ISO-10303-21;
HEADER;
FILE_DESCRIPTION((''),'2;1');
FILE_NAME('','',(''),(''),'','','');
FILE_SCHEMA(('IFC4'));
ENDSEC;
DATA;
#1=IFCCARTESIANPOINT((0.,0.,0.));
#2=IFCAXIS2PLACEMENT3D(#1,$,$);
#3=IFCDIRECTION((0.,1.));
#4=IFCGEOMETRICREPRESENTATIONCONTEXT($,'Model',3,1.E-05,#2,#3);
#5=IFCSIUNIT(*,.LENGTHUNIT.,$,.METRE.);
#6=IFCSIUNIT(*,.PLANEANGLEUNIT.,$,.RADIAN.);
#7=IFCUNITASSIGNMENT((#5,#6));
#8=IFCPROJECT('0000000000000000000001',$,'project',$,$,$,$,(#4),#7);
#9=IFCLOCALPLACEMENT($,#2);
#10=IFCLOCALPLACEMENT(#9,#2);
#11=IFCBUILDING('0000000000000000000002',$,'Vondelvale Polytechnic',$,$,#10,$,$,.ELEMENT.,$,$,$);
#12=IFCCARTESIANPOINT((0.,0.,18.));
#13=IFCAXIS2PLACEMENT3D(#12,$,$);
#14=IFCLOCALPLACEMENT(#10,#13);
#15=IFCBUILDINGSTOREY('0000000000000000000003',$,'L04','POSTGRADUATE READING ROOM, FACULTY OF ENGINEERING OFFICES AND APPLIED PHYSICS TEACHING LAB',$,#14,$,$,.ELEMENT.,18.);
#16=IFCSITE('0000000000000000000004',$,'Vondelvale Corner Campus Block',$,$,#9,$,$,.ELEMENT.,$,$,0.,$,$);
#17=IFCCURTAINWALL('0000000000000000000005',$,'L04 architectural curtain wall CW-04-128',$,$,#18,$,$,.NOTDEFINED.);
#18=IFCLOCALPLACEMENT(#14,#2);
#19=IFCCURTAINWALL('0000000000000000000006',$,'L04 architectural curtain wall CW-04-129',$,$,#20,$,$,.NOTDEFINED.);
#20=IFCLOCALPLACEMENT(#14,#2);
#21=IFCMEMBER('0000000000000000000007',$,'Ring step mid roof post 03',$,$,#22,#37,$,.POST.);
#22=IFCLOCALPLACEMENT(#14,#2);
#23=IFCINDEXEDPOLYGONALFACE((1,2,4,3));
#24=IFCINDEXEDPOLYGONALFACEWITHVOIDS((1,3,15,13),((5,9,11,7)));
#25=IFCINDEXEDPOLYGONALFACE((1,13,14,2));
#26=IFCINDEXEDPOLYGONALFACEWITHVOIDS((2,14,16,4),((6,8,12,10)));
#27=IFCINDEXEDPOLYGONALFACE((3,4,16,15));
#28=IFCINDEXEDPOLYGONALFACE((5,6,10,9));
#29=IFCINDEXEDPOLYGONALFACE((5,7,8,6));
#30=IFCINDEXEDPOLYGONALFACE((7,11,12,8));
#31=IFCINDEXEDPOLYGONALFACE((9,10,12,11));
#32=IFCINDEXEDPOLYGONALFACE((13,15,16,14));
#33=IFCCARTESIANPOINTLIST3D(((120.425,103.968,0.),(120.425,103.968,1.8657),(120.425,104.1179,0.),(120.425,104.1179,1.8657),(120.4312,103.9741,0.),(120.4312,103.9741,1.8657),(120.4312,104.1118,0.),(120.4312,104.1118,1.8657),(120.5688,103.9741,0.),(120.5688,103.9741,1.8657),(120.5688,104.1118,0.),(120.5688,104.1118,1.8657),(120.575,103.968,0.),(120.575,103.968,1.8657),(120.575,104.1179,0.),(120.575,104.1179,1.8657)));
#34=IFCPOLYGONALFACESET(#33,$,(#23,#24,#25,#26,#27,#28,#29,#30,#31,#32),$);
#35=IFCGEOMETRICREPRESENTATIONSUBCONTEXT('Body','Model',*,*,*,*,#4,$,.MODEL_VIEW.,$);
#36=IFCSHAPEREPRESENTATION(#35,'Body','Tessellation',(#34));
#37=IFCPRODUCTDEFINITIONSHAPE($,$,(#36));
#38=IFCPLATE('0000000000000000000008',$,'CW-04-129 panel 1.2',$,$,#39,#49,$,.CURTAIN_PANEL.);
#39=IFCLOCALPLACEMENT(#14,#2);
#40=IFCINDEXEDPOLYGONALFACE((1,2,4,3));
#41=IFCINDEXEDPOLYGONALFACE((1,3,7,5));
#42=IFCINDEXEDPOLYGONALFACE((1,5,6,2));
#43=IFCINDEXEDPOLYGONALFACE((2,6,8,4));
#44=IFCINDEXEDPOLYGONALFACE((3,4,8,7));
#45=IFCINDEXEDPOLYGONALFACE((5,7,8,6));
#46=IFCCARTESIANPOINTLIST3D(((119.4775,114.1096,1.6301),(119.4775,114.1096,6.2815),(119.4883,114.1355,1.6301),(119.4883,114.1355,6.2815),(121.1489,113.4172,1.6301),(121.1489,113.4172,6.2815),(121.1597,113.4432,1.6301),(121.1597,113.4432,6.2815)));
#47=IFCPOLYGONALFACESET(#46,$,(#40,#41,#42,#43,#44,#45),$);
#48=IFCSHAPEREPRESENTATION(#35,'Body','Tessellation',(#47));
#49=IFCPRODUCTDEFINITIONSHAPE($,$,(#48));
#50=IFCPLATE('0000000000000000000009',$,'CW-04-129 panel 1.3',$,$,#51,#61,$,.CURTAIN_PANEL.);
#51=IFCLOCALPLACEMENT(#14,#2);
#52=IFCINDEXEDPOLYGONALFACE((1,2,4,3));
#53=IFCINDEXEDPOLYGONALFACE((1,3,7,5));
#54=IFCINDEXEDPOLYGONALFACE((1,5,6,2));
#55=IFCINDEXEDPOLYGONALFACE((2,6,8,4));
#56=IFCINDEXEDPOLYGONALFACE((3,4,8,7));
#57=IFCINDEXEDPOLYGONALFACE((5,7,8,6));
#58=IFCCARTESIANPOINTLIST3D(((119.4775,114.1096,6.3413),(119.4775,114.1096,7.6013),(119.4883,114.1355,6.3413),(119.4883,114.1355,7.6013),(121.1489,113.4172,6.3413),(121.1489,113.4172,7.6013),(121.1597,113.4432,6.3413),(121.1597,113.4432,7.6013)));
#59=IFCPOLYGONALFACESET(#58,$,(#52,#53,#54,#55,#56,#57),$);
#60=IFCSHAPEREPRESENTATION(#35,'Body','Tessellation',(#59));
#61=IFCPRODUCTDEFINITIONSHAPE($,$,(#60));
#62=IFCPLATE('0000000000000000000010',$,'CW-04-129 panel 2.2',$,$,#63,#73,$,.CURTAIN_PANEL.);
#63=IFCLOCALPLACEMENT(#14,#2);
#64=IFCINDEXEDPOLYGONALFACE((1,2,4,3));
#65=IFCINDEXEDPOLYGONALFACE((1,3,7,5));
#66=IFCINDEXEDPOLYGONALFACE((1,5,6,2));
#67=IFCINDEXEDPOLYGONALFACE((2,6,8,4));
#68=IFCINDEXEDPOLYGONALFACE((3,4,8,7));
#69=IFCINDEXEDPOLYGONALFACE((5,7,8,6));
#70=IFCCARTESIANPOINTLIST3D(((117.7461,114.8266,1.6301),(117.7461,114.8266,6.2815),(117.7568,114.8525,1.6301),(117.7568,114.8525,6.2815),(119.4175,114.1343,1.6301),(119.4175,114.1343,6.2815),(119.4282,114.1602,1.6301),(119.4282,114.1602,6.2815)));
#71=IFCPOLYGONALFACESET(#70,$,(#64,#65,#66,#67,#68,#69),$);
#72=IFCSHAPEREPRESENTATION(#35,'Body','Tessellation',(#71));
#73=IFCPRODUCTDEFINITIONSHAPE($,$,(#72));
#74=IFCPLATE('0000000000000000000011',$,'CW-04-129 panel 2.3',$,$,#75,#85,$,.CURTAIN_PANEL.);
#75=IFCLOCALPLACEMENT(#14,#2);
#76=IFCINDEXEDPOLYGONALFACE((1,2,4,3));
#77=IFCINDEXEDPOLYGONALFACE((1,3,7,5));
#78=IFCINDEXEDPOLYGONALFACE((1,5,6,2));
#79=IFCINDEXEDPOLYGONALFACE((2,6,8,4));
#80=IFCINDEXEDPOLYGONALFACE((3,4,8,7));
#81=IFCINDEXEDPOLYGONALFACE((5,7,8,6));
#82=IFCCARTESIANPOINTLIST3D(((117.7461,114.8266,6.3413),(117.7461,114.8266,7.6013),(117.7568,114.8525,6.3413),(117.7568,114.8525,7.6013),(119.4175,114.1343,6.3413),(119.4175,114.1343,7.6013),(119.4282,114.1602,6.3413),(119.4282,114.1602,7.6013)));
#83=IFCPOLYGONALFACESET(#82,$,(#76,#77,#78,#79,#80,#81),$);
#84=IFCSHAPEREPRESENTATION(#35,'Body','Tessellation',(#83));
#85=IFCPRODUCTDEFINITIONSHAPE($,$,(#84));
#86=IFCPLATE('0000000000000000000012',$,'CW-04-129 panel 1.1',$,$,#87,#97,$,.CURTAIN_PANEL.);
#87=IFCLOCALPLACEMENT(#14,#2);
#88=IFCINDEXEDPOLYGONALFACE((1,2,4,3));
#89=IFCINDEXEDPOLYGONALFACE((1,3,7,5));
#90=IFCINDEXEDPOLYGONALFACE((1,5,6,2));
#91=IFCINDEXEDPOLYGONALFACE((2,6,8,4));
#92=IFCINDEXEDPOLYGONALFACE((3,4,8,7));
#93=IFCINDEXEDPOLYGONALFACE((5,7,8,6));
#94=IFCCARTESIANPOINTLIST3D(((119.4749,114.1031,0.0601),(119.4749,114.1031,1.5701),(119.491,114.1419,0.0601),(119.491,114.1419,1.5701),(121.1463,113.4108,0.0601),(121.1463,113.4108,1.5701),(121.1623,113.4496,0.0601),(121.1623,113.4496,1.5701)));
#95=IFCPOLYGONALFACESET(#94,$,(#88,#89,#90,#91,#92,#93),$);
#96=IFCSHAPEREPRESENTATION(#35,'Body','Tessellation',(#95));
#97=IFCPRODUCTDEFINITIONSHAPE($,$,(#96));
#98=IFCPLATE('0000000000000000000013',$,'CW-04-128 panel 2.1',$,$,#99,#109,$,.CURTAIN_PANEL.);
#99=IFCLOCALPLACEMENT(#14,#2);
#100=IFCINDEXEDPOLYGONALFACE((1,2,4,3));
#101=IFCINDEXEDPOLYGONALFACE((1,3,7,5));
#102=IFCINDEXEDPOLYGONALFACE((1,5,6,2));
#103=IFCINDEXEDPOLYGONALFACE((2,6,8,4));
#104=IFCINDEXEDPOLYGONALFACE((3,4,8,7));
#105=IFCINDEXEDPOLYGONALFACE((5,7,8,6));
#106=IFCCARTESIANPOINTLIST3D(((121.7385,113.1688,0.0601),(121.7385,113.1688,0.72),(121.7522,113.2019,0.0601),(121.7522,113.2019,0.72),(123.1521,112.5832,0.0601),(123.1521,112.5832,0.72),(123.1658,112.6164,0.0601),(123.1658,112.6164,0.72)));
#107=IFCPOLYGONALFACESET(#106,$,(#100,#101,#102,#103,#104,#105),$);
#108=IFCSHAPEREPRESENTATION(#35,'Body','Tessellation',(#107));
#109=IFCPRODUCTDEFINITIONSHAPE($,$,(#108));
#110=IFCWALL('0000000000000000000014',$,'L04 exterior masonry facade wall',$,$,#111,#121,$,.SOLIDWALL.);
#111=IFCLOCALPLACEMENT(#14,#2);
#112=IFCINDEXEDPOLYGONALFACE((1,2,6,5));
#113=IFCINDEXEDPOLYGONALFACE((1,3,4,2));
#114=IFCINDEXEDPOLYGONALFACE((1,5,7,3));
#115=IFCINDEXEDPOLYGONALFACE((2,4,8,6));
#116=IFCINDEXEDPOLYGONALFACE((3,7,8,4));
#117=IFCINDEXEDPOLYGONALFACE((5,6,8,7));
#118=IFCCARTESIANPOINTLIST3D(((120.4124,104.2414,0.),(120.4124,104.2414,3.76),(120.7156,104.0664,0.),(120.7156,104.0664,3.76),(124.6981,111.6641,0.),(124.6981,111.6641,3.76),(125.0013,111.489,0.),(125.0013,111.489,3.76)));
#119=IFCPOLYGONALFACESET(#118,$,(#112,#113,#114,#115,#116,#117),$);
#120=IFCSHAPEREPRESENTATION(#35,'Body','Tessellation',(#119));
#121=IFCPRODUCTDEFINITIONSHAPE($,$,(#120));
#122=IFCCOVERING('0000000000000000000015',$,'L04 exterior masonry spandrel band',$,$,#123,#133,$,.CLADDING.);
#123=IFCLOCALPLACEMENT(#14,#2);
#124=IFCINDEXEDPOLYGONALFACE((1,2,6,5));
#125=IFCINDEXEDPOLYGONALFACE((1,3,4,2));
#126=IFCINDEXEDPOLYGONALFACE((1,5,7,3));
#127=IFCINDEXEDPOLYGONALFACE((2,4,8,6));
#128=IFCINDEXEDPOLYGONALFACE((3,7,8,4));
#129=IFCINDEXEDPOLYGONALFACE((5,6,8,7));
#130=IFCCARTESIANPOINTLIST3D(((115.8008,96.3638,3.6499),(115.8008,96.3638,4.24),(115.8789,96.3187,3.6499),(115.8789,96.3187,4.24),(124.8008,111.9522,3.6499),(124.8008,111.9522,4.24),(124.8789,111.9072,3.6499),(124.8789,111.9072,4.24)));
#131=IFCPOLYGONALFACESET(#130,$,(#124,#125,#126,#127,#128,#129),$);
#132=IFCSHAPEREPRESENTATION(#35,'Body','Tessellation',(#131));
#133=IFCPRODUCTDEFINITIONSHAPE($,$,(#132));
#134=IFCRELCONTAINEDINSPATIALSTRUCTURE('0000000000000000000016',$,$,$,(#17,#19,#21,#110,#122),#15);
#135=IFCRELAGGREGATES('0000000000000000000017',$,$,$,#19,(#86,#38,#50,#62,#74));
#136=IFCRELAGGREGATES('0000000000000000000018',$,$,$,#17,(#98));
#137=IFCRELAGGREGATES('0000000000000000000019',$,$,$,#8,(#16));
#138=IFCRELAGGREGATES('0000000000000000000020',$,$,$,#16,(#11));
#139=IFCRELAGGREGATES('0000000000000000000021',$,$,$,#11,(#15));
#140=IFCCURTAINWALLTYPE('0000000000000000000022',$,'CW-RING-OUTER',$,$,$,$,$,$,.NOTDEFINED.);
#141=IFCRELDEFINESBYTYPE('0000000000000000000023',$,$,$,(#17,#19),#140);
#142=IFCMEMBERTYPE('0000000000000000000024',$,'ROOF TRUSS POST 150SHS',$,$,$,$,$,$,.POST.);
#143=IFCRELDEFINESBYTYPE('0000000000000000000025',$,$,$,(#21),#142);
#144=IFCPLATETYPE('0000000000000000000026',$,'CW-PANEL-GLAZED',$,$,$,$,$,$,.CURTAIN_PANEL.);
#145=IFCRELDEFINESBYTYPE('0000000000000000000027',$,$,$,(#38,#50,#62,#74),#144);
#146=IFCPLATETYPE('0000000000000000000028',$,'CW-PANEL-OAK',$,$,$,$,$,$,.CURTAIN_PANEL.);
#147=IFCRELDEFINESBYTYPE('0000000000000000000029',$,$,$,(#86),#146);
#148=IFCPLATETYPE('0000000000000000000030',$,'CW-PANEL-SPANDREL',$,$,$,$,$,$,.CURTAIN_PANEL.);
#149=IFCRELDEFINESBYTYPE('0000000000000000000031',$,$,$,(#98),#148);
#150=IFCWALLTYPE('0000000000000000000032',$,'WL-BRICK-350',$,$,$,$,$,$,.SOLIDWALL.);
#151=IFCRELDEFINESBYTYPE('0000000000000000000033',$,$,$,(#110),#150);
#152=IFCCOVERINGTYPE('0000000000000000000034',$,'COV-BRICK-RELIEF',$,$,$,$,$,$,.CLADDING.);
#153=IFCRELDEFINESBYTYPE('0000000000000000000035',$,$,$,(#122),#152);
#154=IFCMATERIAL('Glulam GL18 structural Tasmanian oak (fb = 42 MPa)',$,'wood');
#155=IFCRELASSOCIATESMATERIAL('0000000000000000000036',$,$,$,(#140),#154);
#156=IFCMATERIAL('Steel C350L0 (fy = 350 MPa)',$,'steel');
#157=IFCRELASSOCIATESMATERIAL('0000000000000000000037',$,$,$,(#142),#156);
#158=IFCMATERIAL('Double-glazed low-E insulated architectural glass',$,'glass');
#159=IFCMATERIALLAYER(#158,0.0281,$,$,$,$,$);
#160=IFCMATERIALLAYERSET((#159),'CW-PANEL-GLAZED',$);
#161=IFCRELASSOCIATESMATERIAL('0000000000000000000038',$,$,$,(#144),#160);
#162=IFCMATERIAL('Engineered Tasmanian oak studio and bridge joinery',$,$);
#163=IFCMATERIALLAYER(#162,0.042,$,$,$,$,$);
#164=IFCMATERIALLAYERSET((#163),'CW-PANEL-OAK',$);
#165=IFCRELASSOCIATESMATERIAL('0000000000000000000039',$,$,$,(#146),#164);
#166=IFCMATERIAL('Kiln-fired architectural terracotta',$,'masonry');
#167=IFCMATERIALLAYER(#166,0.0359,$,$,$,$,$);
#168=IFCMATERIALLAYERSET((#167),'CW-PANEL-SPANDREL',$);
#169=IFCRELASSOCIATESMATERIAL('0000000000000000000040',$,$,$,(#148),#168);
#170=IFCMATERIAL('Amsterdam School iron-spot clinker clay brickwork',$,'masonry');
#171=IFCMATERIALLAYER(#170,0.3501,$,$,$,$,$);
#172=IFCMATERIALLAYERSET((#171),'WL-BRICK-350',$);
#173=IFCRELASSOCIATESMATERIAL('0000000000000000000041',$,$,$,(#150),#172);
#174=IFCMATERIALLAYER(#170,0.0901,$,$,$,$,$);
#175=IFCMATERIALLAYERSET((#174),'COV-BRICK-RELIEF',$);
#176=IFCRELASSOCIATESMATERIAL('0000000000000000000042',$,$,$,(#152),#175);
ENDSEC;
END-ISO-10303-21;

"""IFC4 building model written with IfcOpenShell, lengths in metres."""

from ifc_helpers import new_model, si_unit, direction, frame, frame_2d, origin, origin_2d, place, context, subcontext, project, spatial, rectangle, hollow_rectangle, extrude, material, layer, layer_set, material_profile, profile_set, type_object, element, aggregate, save


model = new_model("IFC4")

# Units and contexts
model_context = context("Model", 3, precision=1e-05, world=origin(), true_north=direction((0.0, 1.0)))
body_context = subcontext(model_context, "Body", "Model", "MODEL_VIEW")
ifc_project = project(units=[si_unit("LENGTHUNIT", "METRE"), si_unit("PLANEANGLEUNIT", "RADIAN")], contexts=[model_context])

# Site, building, storey
site_placement = place(None, origin())
site = spatial("IfcSite", under=ifc_project, at=site_placement, Name="Vondelvale Corner Campus Block", CompositionType="ELEMENT", RefElevation=0.0)
building_placement = place(site_placement, origin())
building = spatial("IfcBuilding", under=site, at=building_placement, Name="Vondelvale Polytechnic", CompositionType="ELEMENT")
storey_placement = place(building_placement, frame((0.0, 0.0, 18.0)))
storey = spatial("IfcBuildingStorey", under=building, at=storey_placement, Name="L04", Description="POSTGRADUATE READING ROOM, FACULTY OF ENGINEERING OFFICES AND APPLIED PHYSICS TEACHING LAB", CompositionType="ELEMENT", Elevation=18.0)

# Shared definitions
ifc_material_1 = material(Name="Glulam GL18 structural Tasmanian oak (fb = 42 MPa)", Category="wood")

# Curtain wall
curtain_wall_type = type_object("IfcCurtainWallType", Name="CW-RING-OUTER", PredefinedType="NOTDEFINED", material=ifc_material_1)
curtain_wall_1_placement = place(storey_placement, origin())
curtain_wall_1 = element("IfcCurtainWall", 1, at=curtain_wall_1_placement, inside=storey, type_object=curtain_wall_type, Name="L04 architectural curtain wall CW-04-128", PredefinedType="NOTDEFINED")

# Curtain wall
curtain_wall_2_placement = place(storey_placement, origin())
curtain_wall_2 = element("IfcCurtainWall", 2, at=curtain_wall_2_placement, inside=storey, type_object=curtain_wall_type, Name="L04 architectural curtain wall CW-04-129", PredefinedType="NOTDEFINED")

# Member
ifc_material_2 = material(Name="Steel C350L0 (fy = 350 MPa)", Category="steel")
ifc_material_profile_1 = material_profile(ifc_material_2, hollow_rectangle(XDim=0.1499, YDim=0.1499, WallThickness=0.0061, at=origin_2d()), Name="150x150x6.0SHS")
ifc_profile_set_1 = profile_set([ifc_material_profile_1], Name="Steel C350L0 (fy = 350 MPa)")
member_type_1 = type_object("IfcMemberType", Name="ROOF TRUSS POST 150SHS", PredefinedType="POST", material=ifc_profile_set_1)
member_1_placement = place(storey_placement, frame((120.5, 104.043, 0.0), z_axis=(0.0, 0.0, 1.0), x_axis=(1.0, 0.0, 0.0)))
element("IfcMember", 3, at=member_1_placement, inside=storey, type_object=member_type_1, Name="Ring step mid roof post 03", PredefinedType="POST", context=body_context, shape_type="SweptSolid", body=[
    extrude(hollow_rectangle(XDim=0.1499, YDim=0.1499, WallThickness=0.0061, at=origin_2d()), origin(), (0.0, 0.0, 1.0), 1.8657),
])

# Plates
ifc_material_3 = material(Name="Double-glazed low-E insulated architectural glass", Category="glass")
ifc_layer_1 = layer(ifc_material_3, 0.0281)
ifc_layer_set_1 = layer_set([ifc_layer_1], Name="CW-PANEL-GLAZED")
plate_type_1 = type_object("IfcPlateType", Name="CW-PANEL-GLAZED", PredefinedType="CURTAIN_PANEL", material=ifc_layer_set_1)
plate_1_placement = place(storey_placement, frame((120.3186, 113.7764, 1.6301), z_axis=(0.0, 0.0, 1.0), x_axis=(-0.923875, 0.382695, 0.0)))
plate_1 = element("IfcPlate", 4, at=plate_1_placement, type_object=plate_type_1, Name="CW-04-129 panel 1.2", PredefinedType="CURTAIN_PANEL", context=body_context, shape_type="SweptSolid", body=[
    extrude(rectangle(XDim=1.8091, YDim=0.0281, at=origin_2d()), origin(), (0.0, 0.0, 1.0), 4.6514),
])
plate_2_placement = place(storey_placement, frame((120.3186, 113.7764, 6.3413), z_axis=(0.0, 0.0, 1.0), x_axis=(-0.923875, 0.382695, 0.0)))
plate_2 = element("IfcPlate", 5, at=plate_2_placement, type_object=plate_type_1, Name="CW-04-129 panel 1.3", PredefinedType="CURTAIN_PANEL", context=body_context, shape_type="SweptSolid", body=[
    extrude(rectangle(XDim=1.8091, YDim=0.0281, at=origin_2d()), origin(), (0.0, 0.0, 1.0), 1.26),
])
plate_3_placement = place(storey_placement, frame((118.5872, 114.4934, 1.6301), z_axis=(0.0, 0.0, 1.0), x_axis=(-0.923875, 0.382695, 0.0)))
plate_3 = element("IfcPlate", 6, at=plate_3_placement, type_object=plate_type_1, Name="CW-04-129 panel 2.2", PredefinedType="CURTAIN_PANEL", context=body_context, shape_type="SweptSolid", body=[
    extrude(rectangle(XDim=1.8091, YDim=0.0281, at=origin_2d()), origin(), (0.0, 0.0, 1.0), 4.6514),
])
plate_4_placement = place(storey_placement, frame((118.5872, 114.4934, 6.3413), z_axis=(0.0, 0.0, 1.0), x_axis=(-0.923875, 0.382695, 0.0)))
plate_4 = element("IfcPlate", 7, at=plate_4_placement, type_object=plate_type_1, Name="CW-04-129 panel 2.3", PredefinedType="CURTAIN_PANEL", context=body_context, shape_type="SweptSolid", body=[
    extrude(rectangle(XDim=1.8091, YDim=0.0281, at=origin_2d()), origin(), (0.0, 0.0, 1.0), 1.26),
])
ifc_material_4 = material(Name="Engineered Tasmanian oak studio and bridge joinery")
ifc_layer_2 = layer(ifc_material_4, 0.042)
ifc_layer_set_2 = layer_set([ifc_layer_2], Name="CW-PANEL-OAK")
plate_type_2 = type_object("IfcPlateType", Name="CW-PANEL-OAK", PredefinedType="CURTAIN_PANEL", material=ifc_layer_set_2)
plate_5_placement = place(storey_placement, frame((120.3186, 113.7764, 0.0601), z_axis=(0.0, 0.0, 1.0), x_axis=(-0.923875, 0.382695, 0.0)))
plate_5 = element("IfcPlate", 8, at=plate_5_placement, type_object=plate_type_2, Name="CW-04-129 panel 1.1", PredefinedType="CURTAIN_PANEL", context=body_context, shape_type="SweptSolid", body=[
    extrude(rectangle(XDim=1.8091, YDim=0.042, at=origin_2d()), origin(), (0.0, 0.0, 1.0), 1.51),
])
aggregate(curtain_wall_2, [plate_5, plate_1, plate_2, plate_3, plate_4])
ifc_material_5 = material(Name="Kiln-fired architectural terracotta", Category="masonry")
ifc_layer_3 = layer(ifc_material_5, 0.0359)
ifc_layer_set_3 = layer_set([ifc_layer_3], Name="CW-PANEL-SPANDREL")
plate_type_3 = type_object("IfcPlateType", Name="CW-PANEL-SPANDREL", PredefinedType="CURTAIN_PANEL", material=ifc_layer_set_3)
plate_6_placement = place(storey_placement, frame((122.4521, 112.8926, 0.0601), z_axis=(0.0, 0.0, 1.0), x_axis=(-0.923882, 0.382677, 0.0)))
plate_6 = element("IfcPlate", 9, at=plate_6_placement, type_object=plate_type_3, Name="CW-04-128 panel 2.1", PredefinedType="CURTAIN_PANEL", context=body_context, shape_type="SweptSolid", body=[
    extrude(rectangle(XDim=1.53, YDim=0.0359, at=origin_2d()), origin(), (0.0, 0.0, 1.0), 0.6599),
])
aggregate(curtain_wall_1, [plate_6])

# Wall
ifc_material_6 = material(Name="Amsterdam School iron-spot clinker clay brickwork", Category="masonry")
ifc_layer_4 = layer(ifc_material_6, 0.3501)
ifc_layer_set_4 = layer_set([ifc_layer_4], Name="WL-BRICK-350")
wall_type = type_object("IfcWallType", Name="WL-BRICK-350", PredefinedType="SOLIDWALL", material=ifc_layer_set_4)
wall_placement = place(storey_placement, frame((120.564, 104.1538, 0.0), z_axis=(0.0, 0.0, 1.0), x_axis=(0.500018, 0.866015, 0.0)))
element("IfcWall", 10, at=wall_placement, inside=storey, type_object=wall_type, Name="L04 exterior masonry facade wall", PredefinedType="SOLIDWALL", context=body_context, shape_type="SweptSolid", body=[
    extrude(rectangle(XDim=8.571, YDim=0.3501, at=frame_2d((4.2856, 0.0))), origin(), (0.0, 0.0, 1.0), 3.76),
])

# Covering
ifc_layer_5 = layer(ifc_material_6, 0.0901)
ifc_layer_set_5 = layer_set([ifc_layer_5], Name="COV-BRICK-RELIEF")
covering_type = type_object("IfcCoveringType", Name="COV-BRICK-RELIEF", PredefinedType="CLADDING", material=ifc_layer_set_5)
covering_placement = place(storey_placement, frame((120.3398, 104.1355, 3.6499), z_axis=(0.0, 0.0, 1.0), x_axis=(0.5, 0.866025, 0.0)))
element("IfcCovering", 11, at=covering_placement, inside=storey, type_object=covering_type, Name="L04 exterior masonry spandrel band", PredefinedType="CLADDING", context=body_context, shape_type="SweptSolid", body=[
    extrude(rectangle(XDim=18.0, YDim=0.0901, at=origin_2d()), origin(), (0.0, 0.0, 1.0), 0.5901),
])

save(model, "model.ifc")
